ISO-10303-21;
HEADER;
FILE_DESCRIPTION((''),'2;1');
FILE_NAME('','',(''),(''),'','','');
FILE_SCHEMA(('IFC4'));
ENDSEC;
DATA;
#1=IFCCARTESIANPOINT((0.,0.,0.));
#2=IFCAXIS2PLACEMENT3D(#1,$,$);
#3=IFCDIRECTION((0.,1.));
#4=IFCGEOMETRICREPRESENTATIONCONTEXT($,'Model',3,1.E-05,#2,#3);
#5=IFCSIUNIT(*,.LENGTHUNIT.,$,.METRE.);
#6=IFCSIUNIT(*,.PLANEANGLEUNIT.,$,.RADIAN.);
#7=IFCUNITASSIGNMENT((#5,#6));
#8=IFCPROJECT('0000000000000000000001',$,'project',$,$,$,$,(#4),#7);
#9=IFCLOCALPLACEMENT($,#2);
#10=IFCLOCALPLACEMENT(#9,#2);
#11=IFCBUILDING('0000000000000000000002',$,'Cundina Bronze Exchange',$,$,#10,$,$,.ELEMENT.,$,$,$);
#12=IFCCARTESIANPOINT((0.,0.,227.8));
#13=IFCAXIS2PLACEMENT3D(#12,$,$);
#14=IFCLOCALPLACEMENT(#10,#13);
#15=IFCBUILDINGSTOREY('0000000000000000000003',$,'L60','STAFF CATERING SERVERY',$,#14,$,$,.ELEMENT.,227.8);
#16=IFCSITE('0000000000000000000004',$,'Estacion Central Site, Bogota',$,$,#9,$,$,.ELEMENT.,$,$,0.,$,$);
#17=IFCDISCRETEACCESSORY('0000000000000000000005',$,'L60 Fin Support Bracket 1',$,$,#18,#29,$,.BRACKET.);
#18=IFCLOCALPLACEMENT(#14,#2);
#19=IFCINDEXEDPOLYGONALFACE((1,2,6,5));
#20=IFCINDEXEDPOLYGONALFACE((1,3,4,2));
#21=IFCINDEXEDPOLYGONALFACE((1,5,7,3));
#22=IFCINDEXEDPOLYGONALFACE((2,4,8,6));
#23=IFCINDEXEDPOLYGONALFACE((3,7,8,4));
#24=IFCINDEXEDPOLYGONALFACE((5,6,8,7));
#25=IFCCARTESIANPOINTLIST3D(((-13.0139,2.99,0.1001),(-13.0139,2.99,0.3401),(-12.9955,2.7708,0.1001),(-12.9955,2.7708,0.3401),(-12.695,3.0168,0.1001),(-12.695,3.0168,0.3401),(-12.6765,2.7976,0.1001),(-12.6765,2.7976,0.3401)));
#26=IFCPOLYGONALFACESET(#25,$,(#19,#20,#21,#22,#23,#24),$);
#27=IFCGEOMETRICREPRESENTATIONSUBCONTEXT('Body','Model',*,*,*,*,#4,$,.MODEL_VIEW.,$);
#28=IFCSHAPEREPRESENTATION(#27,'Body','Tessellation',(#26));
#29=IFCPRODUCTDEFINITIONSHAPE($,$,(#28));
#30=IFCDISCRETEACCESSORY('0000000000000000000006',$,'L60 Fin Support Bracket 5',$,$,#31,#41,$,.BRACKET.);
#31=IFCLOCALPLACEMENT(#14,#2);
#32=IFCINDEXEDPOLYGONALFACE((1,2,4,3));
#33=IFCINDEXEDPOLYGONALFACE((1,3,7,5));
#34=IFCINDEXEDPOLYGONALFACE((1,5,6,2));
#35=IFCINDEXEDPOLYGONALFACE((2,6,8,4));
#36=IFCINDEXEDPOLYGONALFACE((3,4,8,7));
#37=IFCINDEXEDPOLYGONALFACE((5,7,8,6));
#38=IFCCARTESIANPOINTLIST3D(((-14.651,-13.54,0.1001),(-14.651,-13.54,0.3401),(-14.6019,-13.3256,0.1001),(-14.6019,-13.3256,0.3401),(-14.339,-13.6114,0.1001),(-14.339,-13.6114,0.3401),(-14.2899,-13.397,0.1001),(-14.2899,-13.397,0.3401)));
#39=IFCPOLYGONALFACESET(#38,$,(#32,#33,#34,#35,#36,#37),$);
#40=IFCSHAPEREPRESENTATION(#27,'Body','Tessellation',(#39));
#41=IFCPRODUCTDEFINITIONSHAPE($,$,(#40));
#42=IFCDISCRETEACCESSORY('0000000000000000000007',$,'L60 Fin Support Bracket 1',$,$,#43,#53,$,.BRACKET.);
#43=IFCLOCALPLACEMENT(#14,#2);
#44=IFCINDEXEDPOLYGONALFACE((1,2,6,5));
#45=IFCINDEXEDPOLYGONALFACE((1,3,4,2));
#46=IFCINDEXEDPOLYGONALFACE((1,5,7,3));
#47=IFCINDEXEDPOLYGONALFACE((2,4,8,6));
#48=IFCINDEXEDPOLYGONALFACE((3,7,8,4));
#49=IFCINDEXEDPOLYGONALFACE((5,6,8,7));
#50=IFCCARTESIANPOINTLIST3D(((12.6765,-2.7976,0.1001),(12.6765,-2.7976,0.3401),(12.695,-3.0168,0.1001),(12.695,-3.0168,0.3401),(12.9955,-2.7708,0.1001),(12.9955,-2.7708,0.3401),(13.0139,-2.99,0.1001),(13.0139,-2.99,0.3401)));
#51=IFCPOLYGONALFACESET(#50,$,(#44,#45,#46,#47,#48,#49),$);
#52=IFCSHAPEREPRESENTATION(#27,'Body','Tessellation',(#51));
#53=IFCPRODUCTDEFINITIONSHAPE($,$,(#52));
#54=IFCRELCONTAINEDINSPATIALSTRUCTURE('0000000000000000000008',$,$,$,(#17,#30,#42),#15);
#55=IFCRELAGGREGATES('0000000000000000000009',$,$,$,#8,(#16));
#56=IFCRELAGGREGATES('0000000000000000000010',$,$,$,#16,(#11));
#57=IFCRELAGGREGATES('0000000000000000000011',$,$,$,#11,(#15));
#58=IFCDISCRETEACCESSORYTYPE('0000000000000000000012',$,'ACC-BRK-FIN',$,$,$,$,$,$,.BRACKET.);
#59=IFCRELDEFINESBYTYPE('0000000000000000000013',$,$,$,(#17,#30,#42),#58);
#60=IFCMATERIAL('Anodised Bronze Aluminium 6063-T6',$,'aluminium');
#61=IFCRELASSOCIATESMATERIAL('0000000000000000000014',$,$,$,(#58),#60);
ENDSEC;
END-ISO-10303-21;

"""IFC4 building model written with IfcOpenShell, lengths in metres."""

from ifc_helpers import new_model, si_unit, direction, frame, origin, origin_2d, place, context, subcontext, project, spatial, rectangle, extrude, material, type_object, element, save


model = new_model("IFC4")

# Units and contexts
model_context = context("Model", 3, precision=1e-05, world=origin(), true_north=direction((0.0, 1.0)))
body_context = subcontext(model_context, "Body", "Model", "MODEL_VIEW")
ifc_project = project(units=[si_unit("LENGTHUNIT", "METRE"), si_unit("PLANEANGLEUNIT", "RADIAN")], contexts=[model_context])

# Site, building, storey
site_placement = place(None, origin())
site = spatial("IfcSite", under=ifc_project, at=site_placement, Name="Estacion Central Site, Bogota", CompositionType="ELEMENT", RefElevation=0.0)
building_placement = place(site_placement, origin())
building = spatial("IfcBuilding", under=site, at=building_placement, Name="Cundina Bronze Exchange", CompositionType="ELEMENT")
storey_placement = place(building_placement, frame((0.0, 0.0, 227.8)))
storey = spatial("IfcBuildingStorey", under=building, at=storey_placement, Name="L60", Description="STAFF CATERING SERVERY", CompositionType="ELEMENT", Elevation=227.8)

# Shared definitions
ifc_material_1 = material(Name="Anodised Bronze Aluminium 6063-T6", Category="aluminium")

# Discrete accessories
discrete_accessory_type = type_object("IfcDiscreteAccessoryType", Name="ACC-BRK-FIN", PredefinedType="BRACKET", material=ifc_material_1)
for number, where, z_axis, x_axis, name in (
    (1, (-12.8452, 2.8938, 0.1001), (0.0, 0.0, 1.0), (-0.083747, 0.996487, 0.0), "L60 Fin Support Bracket 1"),
    (2, (-14.4705, -13.4685, 0.1001), (0.0, 0.0, 1.0), (0.223284, 0.974753, 0.0), "L60 Fin Support Bracket 5"),
    (3, (12.8452, -2.8938, 0.1001), (0.0, 0.0, 1.0), (0.083747, -0.996487, 0.0), "L60 Fin Support Bracket 1"),
):
    element("IfcDiscreteAccessory", number, at=place(storey_placement, frame(where, z_axis=z_axis, x_axis=x_axis)), inside=storey, type_object=discrete_accessory_type, Name=name, PredefinedType="BRACKET", context=body_context, shape_type="SweptSolid", body=[
        extrude(rectangle(XDim=0.22, YDim=0.3201, at=origin_2d()), origin(), (0.0, 0.0, 1.0), 0.24),
    ])

save(model, "model.ifc")
